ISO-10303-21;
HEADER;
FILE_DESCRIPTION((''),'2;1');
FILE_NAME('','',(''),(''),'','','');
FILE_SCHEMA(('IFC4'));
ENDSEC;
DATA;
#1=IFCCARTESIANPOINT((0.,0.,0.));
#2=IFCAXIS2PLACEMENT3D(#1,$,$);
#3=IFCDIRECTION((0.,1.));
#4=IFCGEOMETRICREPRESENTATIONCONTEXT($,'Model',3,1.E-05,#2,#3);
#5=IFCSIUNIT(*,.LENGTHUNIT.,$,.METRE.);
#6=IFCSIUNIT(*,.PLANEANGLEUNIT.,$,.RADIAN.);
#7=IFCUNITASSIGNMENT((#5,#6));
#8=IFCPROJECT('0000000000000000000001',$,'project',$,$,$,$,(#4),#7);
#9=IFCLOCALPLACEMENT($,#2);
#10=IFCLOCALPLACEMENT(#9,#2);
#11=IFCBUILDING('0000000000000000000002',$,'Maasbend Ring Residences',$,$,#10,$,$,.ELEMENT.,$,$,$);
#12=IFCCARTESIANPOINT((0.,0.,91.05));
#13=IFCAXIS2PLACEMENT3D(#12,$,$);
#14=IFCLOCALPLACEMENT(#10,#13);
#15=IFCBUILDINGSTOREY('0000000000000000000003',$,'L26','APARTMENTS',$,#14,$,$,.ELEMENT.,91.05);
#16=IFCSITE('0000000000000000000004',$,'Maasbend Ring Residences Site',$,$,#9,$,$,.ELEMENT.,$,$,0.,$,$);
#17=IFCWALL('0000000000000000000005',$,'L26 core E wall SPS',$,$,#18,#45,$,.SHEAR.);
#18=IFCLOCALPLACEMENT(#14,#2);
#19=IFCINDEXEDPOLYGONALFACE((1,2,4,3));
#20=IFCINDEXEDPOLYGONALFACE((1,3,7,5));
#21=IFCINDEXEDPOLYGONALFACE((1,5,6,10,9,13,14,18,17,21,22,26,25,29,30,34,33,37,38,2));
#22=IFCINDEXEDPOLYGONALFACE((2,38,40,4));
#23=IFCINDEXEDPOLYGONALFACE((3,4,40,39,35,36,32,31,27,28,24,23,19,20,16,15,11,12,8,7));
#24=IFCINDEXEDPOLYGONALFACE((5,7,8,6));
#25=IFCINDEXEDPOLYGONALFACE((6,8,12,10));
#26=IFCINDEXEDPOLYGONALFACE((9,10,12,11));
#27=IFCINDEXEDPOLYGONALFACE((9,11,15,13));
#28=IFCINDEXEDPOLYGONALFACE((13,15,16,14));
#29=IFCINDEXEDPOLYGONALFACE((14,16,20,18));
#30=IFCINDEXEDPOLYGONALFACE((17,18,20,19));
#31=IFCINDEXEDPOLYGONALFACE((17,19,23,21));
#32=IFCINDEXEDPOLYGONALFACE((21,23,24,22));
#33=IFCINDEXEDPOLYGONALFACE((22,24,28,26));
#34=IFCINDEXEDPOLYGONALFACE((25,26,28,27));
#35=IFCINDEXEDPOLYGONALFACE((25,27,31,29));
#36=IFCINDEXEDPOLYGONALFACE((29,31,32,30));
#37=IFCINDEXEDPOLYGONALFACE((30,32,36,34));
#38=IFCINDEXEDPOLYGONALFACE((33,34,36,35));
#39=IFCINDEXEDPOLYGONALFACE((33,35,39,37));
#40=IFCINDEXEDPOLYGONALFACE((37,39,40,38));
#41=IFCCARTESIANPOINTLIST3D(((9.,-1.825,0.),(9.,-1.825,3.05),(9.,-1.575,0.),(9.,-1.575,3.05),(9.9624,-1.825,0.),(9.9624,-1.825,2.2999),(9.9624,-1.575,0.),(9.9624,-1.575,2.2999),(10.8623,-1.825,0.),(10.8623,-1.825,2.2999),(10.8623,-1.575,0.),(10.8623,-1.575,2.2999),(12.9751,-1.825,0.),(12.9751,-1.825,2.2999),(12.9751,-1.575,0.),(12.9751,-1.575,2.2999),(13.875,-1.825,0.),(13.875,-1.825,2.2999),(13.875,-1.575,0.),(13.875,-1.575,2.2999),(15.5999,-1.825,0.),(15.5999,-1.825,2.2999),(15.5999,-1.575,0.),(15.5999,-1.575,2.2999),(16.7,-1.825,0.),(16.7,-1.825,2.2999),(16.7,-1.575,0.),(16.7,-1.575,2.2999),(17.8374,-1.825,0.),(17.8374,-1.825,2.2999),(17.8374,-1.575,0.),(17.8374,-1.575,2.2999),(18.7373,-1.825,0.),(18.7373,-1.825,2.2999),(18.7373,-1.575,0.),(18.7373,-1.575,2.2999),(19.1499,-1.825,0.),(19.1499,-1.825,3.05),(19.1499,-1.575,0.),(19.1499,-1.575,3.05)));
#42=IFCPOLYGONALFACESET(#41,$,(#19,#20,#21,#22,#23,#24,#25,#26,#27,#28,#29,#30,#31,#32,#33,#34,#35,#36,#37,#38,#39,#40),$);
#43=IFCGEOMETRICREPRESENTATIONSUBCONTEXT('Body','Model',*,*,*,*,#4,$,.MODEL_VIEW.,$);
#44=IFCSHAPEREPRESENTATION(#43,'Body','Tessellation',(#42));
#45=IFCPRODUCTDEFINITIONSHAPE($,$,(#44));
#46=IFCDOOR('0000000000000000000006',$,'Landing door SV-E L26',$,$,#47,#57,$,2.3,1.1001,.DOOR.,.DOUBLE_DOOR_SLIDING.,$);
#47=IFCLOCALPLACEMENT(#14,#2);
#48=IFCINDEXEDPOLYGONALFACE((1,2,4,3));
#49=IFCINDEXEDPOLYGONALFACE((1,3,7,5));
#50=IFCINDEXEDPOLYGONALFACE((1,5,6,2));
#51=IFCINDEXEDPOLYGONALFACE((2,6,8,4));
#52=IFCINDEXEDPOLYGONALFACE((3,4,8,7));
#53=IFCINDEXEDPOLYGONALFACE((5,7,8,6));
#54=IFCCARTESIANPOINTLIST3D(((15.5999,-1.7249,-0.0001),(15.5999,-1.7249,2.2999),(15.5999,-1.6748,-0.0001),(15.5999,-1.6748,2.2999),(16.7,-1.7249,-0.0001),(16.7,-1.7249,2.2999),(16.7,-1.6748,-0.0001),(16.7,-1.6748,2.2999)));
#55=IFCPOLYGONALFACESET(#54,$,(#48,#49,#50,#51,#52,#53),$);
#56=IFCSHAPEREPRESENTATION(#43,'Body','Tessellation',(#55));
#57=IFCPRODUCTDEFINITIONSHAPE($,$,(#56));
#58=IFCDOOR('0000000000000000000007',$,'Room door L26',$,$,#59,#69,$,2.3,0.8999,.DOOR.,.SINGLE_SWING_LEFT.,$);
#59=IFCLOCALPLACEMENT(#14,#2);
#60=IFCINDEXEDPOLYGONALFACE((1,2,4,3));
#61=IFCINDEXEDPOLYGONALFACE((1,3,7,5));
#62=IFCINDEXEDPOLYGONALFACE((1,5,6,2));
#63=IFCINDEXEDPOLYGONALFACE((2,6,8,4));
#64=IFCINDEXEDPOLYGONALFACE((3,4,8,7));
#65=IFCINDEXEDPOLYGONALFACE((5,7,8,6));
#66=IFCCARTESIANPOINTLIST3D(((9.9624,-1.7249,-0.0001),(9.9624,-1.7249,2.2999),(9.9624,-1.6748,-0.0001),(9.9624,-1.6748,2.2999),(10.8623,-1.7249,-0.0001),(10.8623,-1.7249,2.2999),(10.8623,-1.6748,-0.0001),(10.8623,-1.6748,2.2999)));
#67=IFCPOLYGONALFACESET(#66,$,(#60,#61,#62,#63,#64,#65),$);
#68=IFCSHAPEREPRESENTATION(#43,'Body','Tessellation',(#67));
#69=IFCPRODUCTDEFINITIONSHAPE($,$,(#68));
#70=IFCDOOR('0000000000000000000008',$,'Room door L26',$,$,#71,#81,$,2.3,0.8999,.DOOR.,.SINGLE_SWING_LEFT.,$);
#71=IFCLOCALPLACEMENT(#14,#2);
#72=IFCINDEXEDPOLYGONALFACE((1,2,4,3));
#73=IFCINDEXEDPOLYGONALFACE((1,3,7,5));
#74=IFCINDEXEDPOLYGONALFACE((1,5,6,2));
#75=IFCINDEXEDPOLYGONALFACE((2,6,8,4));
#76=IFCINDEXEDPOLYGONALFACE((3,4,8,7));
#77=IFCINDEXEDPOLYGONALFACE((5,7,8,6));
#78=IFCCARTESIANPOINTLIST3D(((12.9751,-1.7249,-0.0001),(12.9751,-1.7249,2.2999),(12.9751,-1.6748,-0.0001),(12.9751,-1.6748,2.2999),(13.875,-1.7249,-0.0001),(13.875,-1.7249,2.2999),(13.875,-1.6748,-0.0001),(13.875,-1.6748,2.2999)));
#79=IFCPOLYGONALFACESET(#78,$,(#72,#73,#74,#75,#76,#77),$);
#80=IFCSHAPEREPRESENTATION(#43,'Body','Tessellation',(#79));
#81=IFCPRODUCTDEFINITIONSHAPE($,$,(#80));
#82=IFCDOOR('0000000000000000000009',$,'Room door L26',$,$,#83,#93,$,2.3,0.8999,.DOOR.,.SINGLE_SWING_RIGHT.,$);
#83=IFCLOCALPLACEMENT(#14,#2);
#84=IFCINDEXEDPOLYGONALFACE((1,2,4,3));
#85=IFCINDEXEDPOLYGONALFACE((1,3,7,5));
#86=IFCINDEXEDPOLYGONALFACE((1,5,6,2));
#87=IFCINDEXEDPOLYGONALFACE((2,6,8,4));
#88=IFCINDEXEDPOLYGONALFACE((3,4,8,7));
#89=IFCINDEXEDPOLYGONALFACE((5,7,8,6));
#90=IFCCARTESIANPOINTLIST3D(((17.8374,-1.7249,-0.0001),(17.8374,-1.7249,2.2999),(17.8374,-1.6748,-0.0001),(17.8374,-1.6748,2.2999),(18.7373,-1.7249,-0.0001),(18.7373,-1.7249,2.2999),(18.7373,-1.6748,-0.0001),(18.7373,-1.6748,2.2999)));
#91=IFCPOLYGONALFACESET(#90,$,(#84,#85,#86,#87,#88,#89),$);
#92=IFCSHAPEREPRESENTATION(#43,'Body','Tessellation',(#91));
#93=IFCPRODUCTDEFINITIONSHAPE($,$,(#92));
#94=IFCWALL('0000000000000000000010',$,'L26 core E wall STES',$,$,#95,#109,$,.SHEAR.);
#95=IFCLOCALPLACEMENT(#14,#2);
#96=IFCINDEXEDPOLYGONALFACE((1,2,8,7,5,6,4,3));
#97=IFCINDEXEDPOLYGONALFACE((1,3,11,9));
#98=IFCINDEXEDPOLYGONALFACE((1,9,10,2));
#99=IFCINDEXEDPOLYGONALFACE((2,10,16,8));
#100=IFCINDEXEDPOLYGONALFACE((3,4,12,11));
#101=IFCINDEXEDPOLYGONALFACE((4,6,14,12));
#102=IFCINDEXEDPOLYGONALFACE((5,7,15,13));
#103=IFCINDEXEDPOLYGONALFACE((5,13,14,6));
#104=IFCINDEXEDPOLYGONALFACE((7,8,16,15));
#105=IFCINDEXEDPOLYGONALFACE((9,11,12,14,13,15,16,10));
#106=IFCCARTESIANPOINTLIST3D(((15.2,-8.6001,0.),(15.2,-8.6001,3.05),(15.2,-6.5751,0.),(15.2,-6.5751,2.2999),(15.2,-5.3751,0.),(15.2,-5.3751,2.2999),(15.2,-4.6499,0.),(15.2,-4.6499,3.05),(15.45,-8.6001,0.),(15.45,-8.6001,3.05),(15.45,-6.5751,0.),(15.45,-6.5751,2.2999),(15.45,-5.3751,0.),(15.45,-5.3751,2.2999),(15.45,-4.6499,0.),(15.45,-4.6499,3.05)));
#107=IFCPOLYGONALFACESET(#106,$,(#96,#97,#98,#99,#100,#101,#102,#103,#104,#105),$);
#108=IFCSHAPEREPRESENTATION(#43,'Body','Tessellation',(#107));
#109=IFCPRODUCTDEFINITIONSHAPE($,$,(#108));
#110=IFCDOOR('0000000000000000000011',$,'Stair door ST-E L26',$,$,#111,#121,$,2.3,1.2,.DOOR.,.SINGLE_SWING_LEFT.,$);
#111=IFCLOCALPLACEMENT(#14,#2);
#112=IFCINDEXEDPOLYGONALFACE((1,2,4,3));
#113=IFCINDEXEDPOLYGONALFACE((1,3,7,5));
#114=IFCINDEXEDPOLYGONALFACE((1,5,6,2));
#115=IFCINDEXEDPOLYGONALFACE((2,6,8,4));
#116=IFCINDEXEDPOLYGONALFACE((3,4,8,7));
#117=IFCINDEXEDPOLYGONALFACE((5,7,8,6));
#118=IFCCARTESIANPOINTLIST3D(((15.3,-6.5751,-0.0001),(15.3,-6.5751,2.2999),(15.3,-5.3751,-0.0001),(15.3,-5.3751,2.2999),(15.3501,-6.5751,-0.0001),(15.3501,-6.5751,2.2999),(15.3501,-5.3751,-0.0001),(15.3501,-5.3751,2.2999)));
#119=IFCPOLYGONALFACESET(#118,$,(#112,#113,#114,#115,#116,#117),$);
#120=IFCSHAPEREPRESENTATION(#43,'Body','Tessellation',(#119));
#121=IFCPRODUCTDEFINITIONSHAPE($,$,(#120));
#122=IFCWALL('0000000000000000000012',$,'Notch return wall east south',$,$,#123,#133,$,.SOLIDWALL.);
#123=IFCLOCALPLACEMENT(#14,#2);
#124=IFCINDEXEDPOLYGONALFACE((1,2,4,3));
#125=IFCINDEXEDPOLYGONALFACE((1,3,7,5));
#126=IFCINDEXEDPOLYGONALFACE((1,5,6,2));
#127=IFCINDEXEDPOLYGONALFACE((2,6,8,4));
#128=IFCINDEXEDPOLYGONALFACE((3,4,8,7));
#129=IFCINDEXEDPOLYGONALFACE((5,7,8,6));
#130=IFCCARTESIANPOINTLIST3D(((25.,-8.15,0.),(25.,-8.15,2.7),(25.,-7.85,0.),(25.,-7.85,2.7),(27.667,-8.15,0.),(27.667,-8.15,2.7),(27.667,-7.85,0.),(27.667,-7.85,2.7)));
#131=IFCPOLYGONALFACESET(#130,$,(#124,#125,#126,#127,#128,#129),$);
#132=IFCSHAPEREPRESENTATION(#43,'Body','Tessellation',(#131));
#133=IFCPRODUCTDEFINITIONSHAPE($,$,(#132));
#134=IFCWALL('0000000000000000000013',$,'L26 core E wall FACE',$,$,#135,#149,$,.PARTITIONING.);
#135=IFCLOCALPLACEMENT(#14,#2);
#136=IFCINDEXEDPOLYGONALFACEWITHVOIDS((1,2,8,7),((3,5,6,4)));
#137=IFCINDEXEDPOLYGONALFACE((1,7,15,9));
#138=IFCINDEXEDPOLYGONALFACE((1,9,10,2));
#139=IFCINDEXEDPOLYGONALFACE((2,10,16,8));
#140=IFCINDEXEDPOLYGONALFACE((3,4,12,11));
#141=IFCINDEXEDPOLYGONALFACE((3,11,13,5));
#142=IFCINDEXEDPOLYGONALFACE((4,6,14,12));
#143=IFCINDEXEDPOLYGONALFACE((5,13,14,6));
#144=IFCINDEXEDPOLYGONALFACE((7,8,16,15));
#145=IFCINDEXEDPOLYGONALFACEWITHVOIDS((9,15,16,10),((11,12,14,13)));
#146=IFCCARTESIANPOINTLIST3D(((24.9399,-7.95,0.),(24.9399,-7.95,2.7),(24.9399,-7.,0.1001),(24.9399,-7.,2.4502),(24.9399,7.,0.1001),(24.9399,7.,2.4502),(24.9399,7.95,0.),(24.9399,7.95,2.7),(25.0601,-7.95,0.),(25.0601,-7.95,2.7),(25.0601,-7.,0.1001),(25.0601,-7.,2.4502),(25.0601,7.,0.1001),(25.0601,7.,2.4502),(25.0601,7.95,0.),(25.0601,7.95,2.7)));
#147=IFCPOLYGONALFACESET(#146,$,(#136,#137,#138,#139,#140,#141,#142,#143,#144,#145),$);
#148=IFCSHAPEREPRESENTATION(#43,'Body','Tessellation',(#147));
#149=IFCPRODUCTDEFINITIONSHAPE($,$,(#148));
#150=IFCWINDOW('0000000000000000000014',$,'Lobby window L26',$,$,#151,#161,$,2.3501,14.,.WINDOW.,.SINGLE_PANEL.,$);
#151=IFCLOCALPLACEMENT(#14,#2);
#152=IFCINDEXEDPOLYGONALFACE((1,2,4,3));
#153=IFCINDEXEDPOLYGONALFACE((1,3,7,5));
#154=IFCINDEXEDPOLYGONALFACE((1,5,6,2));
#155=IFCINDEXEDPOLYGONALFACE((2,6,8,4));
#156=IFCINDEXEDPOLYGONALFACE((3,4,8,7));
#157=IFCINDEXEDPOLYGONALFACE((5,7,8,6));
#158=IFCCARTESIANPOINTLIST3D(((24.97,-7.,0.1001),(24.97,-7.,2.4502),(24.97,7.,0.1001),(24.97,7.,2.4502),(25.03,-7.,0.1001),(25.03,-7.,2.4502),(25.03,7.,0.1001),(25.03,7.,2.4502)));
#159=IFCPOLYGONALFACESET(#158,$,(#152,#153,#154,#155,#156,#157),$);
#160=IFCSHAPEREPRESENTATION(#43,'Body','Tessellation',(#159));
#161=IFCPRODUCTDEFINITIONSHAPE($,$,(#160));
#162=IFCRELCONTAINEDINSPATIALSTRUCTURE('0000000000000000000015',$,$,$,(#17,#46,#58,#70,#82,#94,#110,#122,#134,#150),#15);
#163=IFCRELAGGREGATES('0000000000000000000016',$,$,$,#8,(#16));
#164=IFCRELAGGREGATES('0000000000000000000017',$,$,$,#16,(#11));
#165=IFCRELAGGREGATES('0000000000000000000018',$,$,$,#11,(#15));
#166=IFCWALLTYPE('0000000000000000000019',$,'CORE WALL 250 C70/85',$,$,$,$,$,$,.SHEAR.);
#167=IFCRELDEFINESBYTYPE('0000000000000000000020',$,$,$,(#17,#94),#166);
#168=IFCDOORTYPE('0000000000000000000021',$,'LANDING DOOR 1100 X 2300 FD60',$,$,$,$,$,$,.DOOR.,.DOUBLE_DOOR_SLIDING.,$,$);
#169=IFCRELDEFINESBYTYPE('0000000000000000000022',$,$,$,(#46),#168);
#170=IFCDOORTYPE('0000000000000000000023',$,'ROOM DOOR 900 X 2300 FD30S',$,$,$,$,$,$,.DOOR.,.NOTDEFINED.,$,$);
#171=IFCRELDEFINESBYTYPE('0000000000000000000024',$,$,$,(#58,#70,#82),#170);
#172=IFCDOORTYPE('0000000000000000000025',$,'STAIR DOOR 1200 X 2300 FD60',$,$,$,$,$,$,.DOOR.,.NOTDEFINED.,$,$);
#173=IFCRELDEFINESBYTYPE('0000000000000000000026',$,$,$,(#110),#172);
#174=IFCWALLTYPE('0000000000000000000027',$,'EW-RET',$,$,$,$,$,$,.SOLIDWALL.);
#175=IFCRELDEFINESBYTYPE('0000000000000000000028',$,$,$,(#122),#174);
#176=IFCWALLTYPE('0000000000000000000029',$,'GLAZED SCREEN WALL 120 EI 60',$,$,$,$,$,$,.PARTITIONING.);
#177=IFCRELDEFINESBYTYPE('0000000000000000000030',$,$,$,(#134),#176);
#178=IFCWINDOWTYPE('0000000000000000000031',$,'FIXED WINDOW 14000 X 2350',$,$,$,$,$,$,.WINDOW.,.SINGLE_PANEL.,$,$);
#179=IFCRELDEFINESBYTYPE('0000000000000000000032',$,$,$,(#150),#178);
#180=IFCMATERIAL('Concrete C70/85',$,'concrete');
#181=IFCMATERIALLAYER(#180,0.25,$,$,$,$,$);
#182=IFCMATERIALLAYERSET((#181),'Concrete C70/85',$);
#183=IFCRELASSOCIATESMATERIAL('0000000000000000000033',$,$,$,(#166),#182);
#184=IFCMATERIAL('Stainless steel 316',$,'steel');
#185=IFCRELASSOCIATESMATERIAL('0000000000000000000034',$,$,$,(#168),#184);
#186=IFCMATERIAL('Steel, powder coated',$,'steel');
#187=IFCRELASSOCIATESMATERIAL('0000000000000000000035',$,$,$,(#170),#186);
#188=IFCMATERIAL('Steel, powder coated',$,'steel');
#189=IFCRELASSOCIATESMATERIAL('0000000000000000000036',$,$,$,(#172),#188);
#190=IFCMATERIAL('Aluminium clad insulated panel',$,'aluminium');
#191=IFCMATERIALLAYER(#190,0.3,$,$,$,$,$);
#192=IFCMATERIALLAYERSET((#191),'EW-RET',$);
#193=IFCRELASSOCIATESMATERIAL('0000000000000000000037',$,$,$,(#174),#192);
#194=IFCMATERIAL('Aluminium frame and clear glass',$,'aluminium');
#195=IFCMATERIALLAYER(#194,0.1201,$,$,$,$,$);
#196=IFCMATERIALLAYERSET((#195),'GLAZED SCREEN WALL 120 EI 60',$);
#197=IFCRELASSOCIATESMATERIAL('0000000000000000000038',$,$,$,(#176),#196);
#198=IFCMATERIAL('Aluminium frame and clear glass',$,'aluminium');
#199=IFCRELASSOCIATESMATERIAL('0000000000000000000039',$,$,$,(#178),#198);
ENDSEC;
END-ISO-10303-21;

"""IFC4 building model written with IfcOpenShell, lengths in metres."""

from ifc_helpers import new_model, si_unit, direction, frame, frame_2d, origin, place, context, subcontext, project, spatial, rectangle, extrude, material, layer, layer_set, type_object, element, fill, save


model = new_model("IFC4")

# Units and contexts
model_context = context("Model", 3, precision=1e-05, world=origin(), true_north=direction((0.0, 1.0)))
body_context = subcontext(model_context, "Body", "Model", "MODEL_VIEW")
ifc_project = project(units=[si_unit("LENGTHUNIT", "METRE"), si_unit("PLANEANGLEUNIT", "RADIAN")], contexts=[model_context])

# Site, building, storey
site_placement = place(None, origin())
site = spatial("IfcSite", under=ifc_project, at=site_placement, Name="Maasbend Ring Residences Site", CompositionType="ELEMENT", RefElevation=0.0)
building_placement = place(site_placement, origin())
building = spatial("IfcBuilding", under=site, at=building_placement, Name="Maasbend Ring Residences", CompositionType="ELEMENT")
storey_placement = place(building_placement, frame((0.0, 0.0, 91.05)))
storey = spatial("IfcBuildingStorey", under=building, at=storey_placement, Name="L26", Description="APARTMENTS", CompositionType="ELEMENT", Elevation=91.05)

# Wall, openings, doors
ifc_material_1 = material(Name="Concrete C70/85", Category="concrete")
ifc_layer_1 = layer(ifc_material_1, 0.25)
ifc_layer_set_1 = layer_set([ifc_layer_1], Name="Concrete C70/85")
wall_type_1 = type_object("IfcWallType", Name="CORE WALL 250 C70/85", PredefinedType="SHEAR", material=ifc_layer_set_1)
wall_1_placement = place(storey_placement, frame((19.1499, -1.7, 0.0), z_axis=(0.0, 0.0, 1.0), x_axis=(-1.0, 0.0, 0.0)))
wall_1 = element("IfcWall", 1, at=wall_1_placement, inside=storey, type_object=wall_type_1, Name="L26 core E wall SPS", PredefinedType="SHEAR", context=body_context, shape_type="SweptSolid", body=[
    extrude(rectangle(XDim=10.1499, YDim=0.25, at=frame_2d((5.075, 0.0))), origin(), (0.0, 0.0, 1.0), 3.05),
])
opening_1_placement = place(wall_1_placement, frame((2.45, 0.0, 0.0)))
opening_1 = element("IfcOpeningElement", 2, at=opening_1_placement, cuts=wall_1, PredefinedType="OPENING", context=body_context, shape_type="SweptSolid", body=[
    extrude(rectangle(XDim=1.1001, YDim=2.3, at=frame_2d((0.55, 1.1499))), frame((0.0, 0.135, 0.0), z_axis=(0.0, -1.0, 0.0), x_axis=(1.0, 0.0, 0.0)), (0.0, 0.0, 1.0), 0.27),
])
opening_2_placement = place(wall_1_placement, frame((8.2876, 0.0, 0.0)))
opening_2 = element("IfcOpeningElement", 3, at=opening_2_placement, cuts=wall_1, PredefinedType="OPENING", context=body_context, shape_type="SweptSolid", body=[
    extrude(rectangle(XDim=0.8999, YDim=2.3, at=frame_2d((0.45, 1.1499))), frame((0.0, 0.135, 0.0), z_axis=(0.0, -1.0, 0.0), x_axis=(1.0, 0.0, 0.0)), (0.0, 0.0, 1.0), 0.27),
])
opening_3_placement = place(wall_1_placement, frame((5.2749, 0.0, 0.0)))
opening_3 = element("IfcOpeningElement", 4, at=opening_3_placement, cuts=wall_1, PredefinedType="OPENING", context=body_context, shape_type="SweptSolid", body=[
    extrude(rectangle(XDim=0.8999, YDim=2.3, at=frame_2d((0.45, 1.1499))), frame((0.0, 0.135, 0.0), z_axis=(0.0, -1.0, 0.0), x_axis=(1.0, 0.0, 0.0)), (0.0, 0.0, 1.0), 0.27),
])
opening_4_placement = place(wall_1_placement, frame((0.4126, 0.0, 0.0)))
opening_4 = element("IfcOpeningElement", 5, at=opening_4_placement, cuts=wall_1, PredefinedType="OPENING", context=body_context, shape_type="SweptSolid", body=[
    extrude(rectangle(XDim=0.8999, YDim=2.3, at=frame_2d((0.45, 1.1499))), frame((0.0, 0.135, 0.0), z_axis=(0.0, -1.0, 0.0), x_axis=(1.0, 0.0, 0.0)), (0.0, 0.0, 1.0), 0.27),
])
ifc_material_2 = material(Name="Stainless steel 316", Category="steel")
door_type_1 = type_object("IfcDoorType", Name="LANDING DOOR 1100 X 2300 FD60", OperationType="DOUBLE_DOOR_SLIDING", PredefinedType="DOOR", material=ifc_material_2)
door_1_placement = place(opening_1_placement, origin())
door_1 = element("IfcDoor", 6, at=door_1_placement, inside=storey, type_object=door_type_1, Name="Landing door SV-E L26", OperationType="DOUBLE_DOOR_SLIDING", OverallHeight=2.3, OverallWidth=1.1001, PredefinedType="DOOR", context=body_context, shape_type="SweptSolid", body=[
    extrude(rectangle(XDim=1.1001, YDim=2.3, at=frame_2d((0.55, 1.1499))), frame((0.0, 0.0249, 0.0), z_axis=(0.0, -1.0, 0.0), x_axis=(1.0, 0.0, 0.0)), (0.0, 0.0, 1.0), 0.05),
])
fill(opening_1, door_1)
ifc_material_3 = material(Name="Steel, powder coated", Category="steel")
door_type_2 = type_object("IfcDoorType", Name="ROOM DOOR 900 X 2300 FD30S", OperationType="NOTDEFINED", PredefinedType="DOOR", material=ifc_material_3)
door_2_placement = place(opening_2_placement, origin())
door_2 = element("IfcDoor", 7, at=door_2_placement, inside=storey, type_object=door_type_2, Name="Room door L26", OperationType="SINGLE_SWING_LEFT", OverallHeight=2.3, OverallWidth=0.8999, PredefinedType="DOOR", context=body_context, shape_type="SweptSolid", body=[
    extrude(rectangle(XDim=0.8999, YDim=2.3, at=frame_2d((0.45, 1.1499))), frame((0.0, 0.0249, 0.0), z_axis=(0.0, -1.0, 0.0), x_axis=(1.0, 0.0, 0.0)), (0.0, 0.0, 1.0), 0.05),
])
fill(opening_2, door_2)
door_3_placement = place(opening_3_placement, origin())
door_3 = element("IfcDoor", 8, at=door_3_placement, inside=storey, type_object=door_type_2, Name="Room door L26", OperationType="SINGLE_SWING_LEFT", OverallHeight=2.3, OverallWidth=0.8999, PredefinedType="DOOR", context=body_context, shape_type="SweptSolid", body=[
    extrude(rectangle(XDim=0.8999, YDim=2.3, at=frame_2d((0.45, 1.1499))), frame((0.0, 0.0249, 0.0), z_axis=(0.0, -1.0, 0.0), x_axis=(1.0, 0.0, 0.0)), (0.0, 0.0, 1.0), 0.05),
])
fill(opening_3, door_3)
door_4_placement = place(opening_4_placement, origin())
door_4 = element("IfcDoor", 9, at=door_4_placement, inside=storey, type_object=door_type_2, Name="Room door L26", OperationType="SINGLE_SWING_RIGHT", OverallHeight=2.3, OverallWidth=0.8999, PredefinedType="DOOR", context=body_context, shape_type="SweptSolid", body=[
    extrude(rectangle(XDim=0.8999, YDim=2.3, at=frame_2d((0.45, 1.1499))), frame((0.0, 0.0249, 0.0), z_axis=(0.0, -1.0, 0.0), x_axis=(1.0, 0.0, 0.0)), (0.0, 0.0, 1.0), 0.05),
])
fill(opening_4, door_4)

# Wall, opening, door
wall_2_placement = place(storey_placement, frame((15.325, -8.6001, 0.0), z_axis=(0.0, 0.0, 1.0), x_axis=(0.0, 1.0, 0.0)))
wall_2 = element("IfcWall", 10, at=wall_2_placement, inside=storey, type_object=wall_type_1, Name="L26 core E wall STES", PredefinedType="SHEAR", context=body_context, shape_type="SweptSolid", body=[
    extrude(rectangle(XDim=3.9502, YDim=0.25, at=frame_2d((1.9751, 0.0))), origin(), (0.0, 0.0, 1.0), 3.05),
])
opening_5_placement = place(wall_2_placement, frame((2.0249, 0.0, 0.0)))
opening_5 = element("IfcOpeningElement", 11, at=opening_5_placement, cuts=wall_2, PredefinedType="OPENING", context=body_context, shape_type="SweptSolid", body=[
    extrude(rectangle(XDim=1.2, YDim=2.3, at=frame_2d((0.6001, 1.1499))), frame((0.0, 0.135, 0.0), z_axis=(0.0, -1.0, 0.0), x_axis=(1.0, 0.0, 0.0)), (0.0, 0.0, 1.0), 0.27),
])
ifc_material_4 = material(Name="Steel, powder coated", Category="steel")
door_type_3 = type_object("IfcDoorType", Name="STAIR DOOR 1200 X 2300 FD60", OperationType="NOTDEFINED", PredefinedType="DOOR", material=ifc_material_4)
door_5_placement = place(opening_5_placement, origin())
door_5 = element("IfcDoor", 12, at=door_5_placement, inside=storey, type_object=door_type_3, Name="Stair door ST-E L26", OperationType="SINGLE_SWING_LEFT", OverallHeight=2.3, OverallWidth=1.2, PredefinedType="DOOR", context=body_context, shape_type="SweptSolid", body=[
    extrude(rectangle(XDim=1.2, YDim=2.3, at=frame_2d((0.6001, 1.1499))), frame((0.0, 0.0249, 0.0), z_axis=(0.0, -1.0, 0.0), x_axis=(1.0, 0.0, 0.0)), (0.0, 0.0, 1.0), 0.05),
])
fill(opening_5, door_5)

# Wall
ifc_material_5 = material(Name="Aluminium clad insulated panel", Category="aluminium")
ifc_layer_2 = layer(ifc_material_5, 0.3)
ifc_layer_set_2 = layer_set([ifc_layer_2], Name="EW-RET")
wall_type_2 = type_object("IfcWallType", Name="EW-RET", PredefinedType="SOLIDWALL", material=ifc_layer_set_2)
wall_3_placement = place(storey_placement, frame((25.0, -8.0, 0.0), z_axis=(0.0, 0.0, 1.0), x_axis=(1.0, 0.0, 0.0)))
element("IfcWall", 13, at=wall_3_placement, inside=storey, type_object=wall_type_2, Name="Notch return wall east south", PredefinedType="SOLIDWALL", context=body_context, shape_type="SweptSolid", body=[
    extrude(rectangle(XDim=2.667, YDim=0.3, at=frame_2d((1.3335, 0.0))), origin(), (0.0, 0.0, 1.0), 2.7),
])

# Wall, opening, window
ifc_material_6 = material(Name="Aluminium frame and clear glass", Category="aluminium")
ifc_layer_3 = layer(ifc_material_6, 0.1201)
ifc_layer_set_3 = layer_set([ifc_layer_3], Name="GLAZED SCREEN WALL 120 EI 60")
wall_type_3 = type_object("IfcWallType", Name="GLAZED SCREEN WALL 120 EI 60", PredefinedType="PARTITIONING", material=ifc_layer_set_3)
wall_4_placement = place(storey_placement, frame((25.0, -7.95, 0.0), z_axis=(0.0, 0.0, 1.0), x_axis=(0.0, 1.0, 0.0)))
wall_4 = element("IfcWall", 14, at=wall_4_placement, inside=storey, type_object=wall_type_3, Name="L26 core E wall FACE", PredefinedType="PARTITIONING", context=body_context, shape_type="SweptSolid", body=[
    extrude(rectangle(XDim=15.8999, YDim=0.1201, at=frame_2d((7.95, 0.0))), origin(), (0.0, 0.0, 1.0), 2.7),
])
opening_6_placement = place(wall_4_placement, frame((0.95, 0.0, 0.1001)))
opening_6 = element("IfcOpeningElement", 15, at=opening_6_placement, cuts=wall_4, PredefinedType="OPENING", context=body_context, shape_type="SweptSolid", body=[
    extrude(rectangle(XDim=14.0, YDim=2.3501, at=frame_2d((7.0, 1.175))), frame((0.0, 0.0701, 0.0), z_axis=(0.0, -1.0, 0.0), x_axis=(1.0, 0.0, 0.0)), (0.0, 0.0, 1.0), 0.1401),
])
ifc_material_7 = material(Name="Aluminium frame and clear glass", Category="aluminium")
window_type = type_object("IfcWindowType", Name="FIXED WINDOW 14000 X 2350", PartitioningType="SINGLE_PANEL", PredefinedType="WINDOW", material=ifc_material_7)
window_placement = place(opening_6_placement, origin())
window = element("IfcWindow", 16, at=window_placement, inside=storey, type_object=window_type, Name="Lobby window L26", OverallHeight=2.3501, OverallWidth=14.0, PartitioningType="SINGLE_PANEL", PredefinedType="WINDOW", context=body_context, shape_type="SweptSolid", body=[
    extrude(rectangle(XDim=14.0, YDim=2.3501, at=frame_2d((7.0, 1.175))), frame((0.0, 0.03, 0.0), z_axis=(0.0, -1.0, 0.0), x_axis=(1.0, 0.0, 0.0)), (0.0, 0.0, 1.0), 0.0601),
])
fill(opening_6, window)

save(model, "model.ifc")
